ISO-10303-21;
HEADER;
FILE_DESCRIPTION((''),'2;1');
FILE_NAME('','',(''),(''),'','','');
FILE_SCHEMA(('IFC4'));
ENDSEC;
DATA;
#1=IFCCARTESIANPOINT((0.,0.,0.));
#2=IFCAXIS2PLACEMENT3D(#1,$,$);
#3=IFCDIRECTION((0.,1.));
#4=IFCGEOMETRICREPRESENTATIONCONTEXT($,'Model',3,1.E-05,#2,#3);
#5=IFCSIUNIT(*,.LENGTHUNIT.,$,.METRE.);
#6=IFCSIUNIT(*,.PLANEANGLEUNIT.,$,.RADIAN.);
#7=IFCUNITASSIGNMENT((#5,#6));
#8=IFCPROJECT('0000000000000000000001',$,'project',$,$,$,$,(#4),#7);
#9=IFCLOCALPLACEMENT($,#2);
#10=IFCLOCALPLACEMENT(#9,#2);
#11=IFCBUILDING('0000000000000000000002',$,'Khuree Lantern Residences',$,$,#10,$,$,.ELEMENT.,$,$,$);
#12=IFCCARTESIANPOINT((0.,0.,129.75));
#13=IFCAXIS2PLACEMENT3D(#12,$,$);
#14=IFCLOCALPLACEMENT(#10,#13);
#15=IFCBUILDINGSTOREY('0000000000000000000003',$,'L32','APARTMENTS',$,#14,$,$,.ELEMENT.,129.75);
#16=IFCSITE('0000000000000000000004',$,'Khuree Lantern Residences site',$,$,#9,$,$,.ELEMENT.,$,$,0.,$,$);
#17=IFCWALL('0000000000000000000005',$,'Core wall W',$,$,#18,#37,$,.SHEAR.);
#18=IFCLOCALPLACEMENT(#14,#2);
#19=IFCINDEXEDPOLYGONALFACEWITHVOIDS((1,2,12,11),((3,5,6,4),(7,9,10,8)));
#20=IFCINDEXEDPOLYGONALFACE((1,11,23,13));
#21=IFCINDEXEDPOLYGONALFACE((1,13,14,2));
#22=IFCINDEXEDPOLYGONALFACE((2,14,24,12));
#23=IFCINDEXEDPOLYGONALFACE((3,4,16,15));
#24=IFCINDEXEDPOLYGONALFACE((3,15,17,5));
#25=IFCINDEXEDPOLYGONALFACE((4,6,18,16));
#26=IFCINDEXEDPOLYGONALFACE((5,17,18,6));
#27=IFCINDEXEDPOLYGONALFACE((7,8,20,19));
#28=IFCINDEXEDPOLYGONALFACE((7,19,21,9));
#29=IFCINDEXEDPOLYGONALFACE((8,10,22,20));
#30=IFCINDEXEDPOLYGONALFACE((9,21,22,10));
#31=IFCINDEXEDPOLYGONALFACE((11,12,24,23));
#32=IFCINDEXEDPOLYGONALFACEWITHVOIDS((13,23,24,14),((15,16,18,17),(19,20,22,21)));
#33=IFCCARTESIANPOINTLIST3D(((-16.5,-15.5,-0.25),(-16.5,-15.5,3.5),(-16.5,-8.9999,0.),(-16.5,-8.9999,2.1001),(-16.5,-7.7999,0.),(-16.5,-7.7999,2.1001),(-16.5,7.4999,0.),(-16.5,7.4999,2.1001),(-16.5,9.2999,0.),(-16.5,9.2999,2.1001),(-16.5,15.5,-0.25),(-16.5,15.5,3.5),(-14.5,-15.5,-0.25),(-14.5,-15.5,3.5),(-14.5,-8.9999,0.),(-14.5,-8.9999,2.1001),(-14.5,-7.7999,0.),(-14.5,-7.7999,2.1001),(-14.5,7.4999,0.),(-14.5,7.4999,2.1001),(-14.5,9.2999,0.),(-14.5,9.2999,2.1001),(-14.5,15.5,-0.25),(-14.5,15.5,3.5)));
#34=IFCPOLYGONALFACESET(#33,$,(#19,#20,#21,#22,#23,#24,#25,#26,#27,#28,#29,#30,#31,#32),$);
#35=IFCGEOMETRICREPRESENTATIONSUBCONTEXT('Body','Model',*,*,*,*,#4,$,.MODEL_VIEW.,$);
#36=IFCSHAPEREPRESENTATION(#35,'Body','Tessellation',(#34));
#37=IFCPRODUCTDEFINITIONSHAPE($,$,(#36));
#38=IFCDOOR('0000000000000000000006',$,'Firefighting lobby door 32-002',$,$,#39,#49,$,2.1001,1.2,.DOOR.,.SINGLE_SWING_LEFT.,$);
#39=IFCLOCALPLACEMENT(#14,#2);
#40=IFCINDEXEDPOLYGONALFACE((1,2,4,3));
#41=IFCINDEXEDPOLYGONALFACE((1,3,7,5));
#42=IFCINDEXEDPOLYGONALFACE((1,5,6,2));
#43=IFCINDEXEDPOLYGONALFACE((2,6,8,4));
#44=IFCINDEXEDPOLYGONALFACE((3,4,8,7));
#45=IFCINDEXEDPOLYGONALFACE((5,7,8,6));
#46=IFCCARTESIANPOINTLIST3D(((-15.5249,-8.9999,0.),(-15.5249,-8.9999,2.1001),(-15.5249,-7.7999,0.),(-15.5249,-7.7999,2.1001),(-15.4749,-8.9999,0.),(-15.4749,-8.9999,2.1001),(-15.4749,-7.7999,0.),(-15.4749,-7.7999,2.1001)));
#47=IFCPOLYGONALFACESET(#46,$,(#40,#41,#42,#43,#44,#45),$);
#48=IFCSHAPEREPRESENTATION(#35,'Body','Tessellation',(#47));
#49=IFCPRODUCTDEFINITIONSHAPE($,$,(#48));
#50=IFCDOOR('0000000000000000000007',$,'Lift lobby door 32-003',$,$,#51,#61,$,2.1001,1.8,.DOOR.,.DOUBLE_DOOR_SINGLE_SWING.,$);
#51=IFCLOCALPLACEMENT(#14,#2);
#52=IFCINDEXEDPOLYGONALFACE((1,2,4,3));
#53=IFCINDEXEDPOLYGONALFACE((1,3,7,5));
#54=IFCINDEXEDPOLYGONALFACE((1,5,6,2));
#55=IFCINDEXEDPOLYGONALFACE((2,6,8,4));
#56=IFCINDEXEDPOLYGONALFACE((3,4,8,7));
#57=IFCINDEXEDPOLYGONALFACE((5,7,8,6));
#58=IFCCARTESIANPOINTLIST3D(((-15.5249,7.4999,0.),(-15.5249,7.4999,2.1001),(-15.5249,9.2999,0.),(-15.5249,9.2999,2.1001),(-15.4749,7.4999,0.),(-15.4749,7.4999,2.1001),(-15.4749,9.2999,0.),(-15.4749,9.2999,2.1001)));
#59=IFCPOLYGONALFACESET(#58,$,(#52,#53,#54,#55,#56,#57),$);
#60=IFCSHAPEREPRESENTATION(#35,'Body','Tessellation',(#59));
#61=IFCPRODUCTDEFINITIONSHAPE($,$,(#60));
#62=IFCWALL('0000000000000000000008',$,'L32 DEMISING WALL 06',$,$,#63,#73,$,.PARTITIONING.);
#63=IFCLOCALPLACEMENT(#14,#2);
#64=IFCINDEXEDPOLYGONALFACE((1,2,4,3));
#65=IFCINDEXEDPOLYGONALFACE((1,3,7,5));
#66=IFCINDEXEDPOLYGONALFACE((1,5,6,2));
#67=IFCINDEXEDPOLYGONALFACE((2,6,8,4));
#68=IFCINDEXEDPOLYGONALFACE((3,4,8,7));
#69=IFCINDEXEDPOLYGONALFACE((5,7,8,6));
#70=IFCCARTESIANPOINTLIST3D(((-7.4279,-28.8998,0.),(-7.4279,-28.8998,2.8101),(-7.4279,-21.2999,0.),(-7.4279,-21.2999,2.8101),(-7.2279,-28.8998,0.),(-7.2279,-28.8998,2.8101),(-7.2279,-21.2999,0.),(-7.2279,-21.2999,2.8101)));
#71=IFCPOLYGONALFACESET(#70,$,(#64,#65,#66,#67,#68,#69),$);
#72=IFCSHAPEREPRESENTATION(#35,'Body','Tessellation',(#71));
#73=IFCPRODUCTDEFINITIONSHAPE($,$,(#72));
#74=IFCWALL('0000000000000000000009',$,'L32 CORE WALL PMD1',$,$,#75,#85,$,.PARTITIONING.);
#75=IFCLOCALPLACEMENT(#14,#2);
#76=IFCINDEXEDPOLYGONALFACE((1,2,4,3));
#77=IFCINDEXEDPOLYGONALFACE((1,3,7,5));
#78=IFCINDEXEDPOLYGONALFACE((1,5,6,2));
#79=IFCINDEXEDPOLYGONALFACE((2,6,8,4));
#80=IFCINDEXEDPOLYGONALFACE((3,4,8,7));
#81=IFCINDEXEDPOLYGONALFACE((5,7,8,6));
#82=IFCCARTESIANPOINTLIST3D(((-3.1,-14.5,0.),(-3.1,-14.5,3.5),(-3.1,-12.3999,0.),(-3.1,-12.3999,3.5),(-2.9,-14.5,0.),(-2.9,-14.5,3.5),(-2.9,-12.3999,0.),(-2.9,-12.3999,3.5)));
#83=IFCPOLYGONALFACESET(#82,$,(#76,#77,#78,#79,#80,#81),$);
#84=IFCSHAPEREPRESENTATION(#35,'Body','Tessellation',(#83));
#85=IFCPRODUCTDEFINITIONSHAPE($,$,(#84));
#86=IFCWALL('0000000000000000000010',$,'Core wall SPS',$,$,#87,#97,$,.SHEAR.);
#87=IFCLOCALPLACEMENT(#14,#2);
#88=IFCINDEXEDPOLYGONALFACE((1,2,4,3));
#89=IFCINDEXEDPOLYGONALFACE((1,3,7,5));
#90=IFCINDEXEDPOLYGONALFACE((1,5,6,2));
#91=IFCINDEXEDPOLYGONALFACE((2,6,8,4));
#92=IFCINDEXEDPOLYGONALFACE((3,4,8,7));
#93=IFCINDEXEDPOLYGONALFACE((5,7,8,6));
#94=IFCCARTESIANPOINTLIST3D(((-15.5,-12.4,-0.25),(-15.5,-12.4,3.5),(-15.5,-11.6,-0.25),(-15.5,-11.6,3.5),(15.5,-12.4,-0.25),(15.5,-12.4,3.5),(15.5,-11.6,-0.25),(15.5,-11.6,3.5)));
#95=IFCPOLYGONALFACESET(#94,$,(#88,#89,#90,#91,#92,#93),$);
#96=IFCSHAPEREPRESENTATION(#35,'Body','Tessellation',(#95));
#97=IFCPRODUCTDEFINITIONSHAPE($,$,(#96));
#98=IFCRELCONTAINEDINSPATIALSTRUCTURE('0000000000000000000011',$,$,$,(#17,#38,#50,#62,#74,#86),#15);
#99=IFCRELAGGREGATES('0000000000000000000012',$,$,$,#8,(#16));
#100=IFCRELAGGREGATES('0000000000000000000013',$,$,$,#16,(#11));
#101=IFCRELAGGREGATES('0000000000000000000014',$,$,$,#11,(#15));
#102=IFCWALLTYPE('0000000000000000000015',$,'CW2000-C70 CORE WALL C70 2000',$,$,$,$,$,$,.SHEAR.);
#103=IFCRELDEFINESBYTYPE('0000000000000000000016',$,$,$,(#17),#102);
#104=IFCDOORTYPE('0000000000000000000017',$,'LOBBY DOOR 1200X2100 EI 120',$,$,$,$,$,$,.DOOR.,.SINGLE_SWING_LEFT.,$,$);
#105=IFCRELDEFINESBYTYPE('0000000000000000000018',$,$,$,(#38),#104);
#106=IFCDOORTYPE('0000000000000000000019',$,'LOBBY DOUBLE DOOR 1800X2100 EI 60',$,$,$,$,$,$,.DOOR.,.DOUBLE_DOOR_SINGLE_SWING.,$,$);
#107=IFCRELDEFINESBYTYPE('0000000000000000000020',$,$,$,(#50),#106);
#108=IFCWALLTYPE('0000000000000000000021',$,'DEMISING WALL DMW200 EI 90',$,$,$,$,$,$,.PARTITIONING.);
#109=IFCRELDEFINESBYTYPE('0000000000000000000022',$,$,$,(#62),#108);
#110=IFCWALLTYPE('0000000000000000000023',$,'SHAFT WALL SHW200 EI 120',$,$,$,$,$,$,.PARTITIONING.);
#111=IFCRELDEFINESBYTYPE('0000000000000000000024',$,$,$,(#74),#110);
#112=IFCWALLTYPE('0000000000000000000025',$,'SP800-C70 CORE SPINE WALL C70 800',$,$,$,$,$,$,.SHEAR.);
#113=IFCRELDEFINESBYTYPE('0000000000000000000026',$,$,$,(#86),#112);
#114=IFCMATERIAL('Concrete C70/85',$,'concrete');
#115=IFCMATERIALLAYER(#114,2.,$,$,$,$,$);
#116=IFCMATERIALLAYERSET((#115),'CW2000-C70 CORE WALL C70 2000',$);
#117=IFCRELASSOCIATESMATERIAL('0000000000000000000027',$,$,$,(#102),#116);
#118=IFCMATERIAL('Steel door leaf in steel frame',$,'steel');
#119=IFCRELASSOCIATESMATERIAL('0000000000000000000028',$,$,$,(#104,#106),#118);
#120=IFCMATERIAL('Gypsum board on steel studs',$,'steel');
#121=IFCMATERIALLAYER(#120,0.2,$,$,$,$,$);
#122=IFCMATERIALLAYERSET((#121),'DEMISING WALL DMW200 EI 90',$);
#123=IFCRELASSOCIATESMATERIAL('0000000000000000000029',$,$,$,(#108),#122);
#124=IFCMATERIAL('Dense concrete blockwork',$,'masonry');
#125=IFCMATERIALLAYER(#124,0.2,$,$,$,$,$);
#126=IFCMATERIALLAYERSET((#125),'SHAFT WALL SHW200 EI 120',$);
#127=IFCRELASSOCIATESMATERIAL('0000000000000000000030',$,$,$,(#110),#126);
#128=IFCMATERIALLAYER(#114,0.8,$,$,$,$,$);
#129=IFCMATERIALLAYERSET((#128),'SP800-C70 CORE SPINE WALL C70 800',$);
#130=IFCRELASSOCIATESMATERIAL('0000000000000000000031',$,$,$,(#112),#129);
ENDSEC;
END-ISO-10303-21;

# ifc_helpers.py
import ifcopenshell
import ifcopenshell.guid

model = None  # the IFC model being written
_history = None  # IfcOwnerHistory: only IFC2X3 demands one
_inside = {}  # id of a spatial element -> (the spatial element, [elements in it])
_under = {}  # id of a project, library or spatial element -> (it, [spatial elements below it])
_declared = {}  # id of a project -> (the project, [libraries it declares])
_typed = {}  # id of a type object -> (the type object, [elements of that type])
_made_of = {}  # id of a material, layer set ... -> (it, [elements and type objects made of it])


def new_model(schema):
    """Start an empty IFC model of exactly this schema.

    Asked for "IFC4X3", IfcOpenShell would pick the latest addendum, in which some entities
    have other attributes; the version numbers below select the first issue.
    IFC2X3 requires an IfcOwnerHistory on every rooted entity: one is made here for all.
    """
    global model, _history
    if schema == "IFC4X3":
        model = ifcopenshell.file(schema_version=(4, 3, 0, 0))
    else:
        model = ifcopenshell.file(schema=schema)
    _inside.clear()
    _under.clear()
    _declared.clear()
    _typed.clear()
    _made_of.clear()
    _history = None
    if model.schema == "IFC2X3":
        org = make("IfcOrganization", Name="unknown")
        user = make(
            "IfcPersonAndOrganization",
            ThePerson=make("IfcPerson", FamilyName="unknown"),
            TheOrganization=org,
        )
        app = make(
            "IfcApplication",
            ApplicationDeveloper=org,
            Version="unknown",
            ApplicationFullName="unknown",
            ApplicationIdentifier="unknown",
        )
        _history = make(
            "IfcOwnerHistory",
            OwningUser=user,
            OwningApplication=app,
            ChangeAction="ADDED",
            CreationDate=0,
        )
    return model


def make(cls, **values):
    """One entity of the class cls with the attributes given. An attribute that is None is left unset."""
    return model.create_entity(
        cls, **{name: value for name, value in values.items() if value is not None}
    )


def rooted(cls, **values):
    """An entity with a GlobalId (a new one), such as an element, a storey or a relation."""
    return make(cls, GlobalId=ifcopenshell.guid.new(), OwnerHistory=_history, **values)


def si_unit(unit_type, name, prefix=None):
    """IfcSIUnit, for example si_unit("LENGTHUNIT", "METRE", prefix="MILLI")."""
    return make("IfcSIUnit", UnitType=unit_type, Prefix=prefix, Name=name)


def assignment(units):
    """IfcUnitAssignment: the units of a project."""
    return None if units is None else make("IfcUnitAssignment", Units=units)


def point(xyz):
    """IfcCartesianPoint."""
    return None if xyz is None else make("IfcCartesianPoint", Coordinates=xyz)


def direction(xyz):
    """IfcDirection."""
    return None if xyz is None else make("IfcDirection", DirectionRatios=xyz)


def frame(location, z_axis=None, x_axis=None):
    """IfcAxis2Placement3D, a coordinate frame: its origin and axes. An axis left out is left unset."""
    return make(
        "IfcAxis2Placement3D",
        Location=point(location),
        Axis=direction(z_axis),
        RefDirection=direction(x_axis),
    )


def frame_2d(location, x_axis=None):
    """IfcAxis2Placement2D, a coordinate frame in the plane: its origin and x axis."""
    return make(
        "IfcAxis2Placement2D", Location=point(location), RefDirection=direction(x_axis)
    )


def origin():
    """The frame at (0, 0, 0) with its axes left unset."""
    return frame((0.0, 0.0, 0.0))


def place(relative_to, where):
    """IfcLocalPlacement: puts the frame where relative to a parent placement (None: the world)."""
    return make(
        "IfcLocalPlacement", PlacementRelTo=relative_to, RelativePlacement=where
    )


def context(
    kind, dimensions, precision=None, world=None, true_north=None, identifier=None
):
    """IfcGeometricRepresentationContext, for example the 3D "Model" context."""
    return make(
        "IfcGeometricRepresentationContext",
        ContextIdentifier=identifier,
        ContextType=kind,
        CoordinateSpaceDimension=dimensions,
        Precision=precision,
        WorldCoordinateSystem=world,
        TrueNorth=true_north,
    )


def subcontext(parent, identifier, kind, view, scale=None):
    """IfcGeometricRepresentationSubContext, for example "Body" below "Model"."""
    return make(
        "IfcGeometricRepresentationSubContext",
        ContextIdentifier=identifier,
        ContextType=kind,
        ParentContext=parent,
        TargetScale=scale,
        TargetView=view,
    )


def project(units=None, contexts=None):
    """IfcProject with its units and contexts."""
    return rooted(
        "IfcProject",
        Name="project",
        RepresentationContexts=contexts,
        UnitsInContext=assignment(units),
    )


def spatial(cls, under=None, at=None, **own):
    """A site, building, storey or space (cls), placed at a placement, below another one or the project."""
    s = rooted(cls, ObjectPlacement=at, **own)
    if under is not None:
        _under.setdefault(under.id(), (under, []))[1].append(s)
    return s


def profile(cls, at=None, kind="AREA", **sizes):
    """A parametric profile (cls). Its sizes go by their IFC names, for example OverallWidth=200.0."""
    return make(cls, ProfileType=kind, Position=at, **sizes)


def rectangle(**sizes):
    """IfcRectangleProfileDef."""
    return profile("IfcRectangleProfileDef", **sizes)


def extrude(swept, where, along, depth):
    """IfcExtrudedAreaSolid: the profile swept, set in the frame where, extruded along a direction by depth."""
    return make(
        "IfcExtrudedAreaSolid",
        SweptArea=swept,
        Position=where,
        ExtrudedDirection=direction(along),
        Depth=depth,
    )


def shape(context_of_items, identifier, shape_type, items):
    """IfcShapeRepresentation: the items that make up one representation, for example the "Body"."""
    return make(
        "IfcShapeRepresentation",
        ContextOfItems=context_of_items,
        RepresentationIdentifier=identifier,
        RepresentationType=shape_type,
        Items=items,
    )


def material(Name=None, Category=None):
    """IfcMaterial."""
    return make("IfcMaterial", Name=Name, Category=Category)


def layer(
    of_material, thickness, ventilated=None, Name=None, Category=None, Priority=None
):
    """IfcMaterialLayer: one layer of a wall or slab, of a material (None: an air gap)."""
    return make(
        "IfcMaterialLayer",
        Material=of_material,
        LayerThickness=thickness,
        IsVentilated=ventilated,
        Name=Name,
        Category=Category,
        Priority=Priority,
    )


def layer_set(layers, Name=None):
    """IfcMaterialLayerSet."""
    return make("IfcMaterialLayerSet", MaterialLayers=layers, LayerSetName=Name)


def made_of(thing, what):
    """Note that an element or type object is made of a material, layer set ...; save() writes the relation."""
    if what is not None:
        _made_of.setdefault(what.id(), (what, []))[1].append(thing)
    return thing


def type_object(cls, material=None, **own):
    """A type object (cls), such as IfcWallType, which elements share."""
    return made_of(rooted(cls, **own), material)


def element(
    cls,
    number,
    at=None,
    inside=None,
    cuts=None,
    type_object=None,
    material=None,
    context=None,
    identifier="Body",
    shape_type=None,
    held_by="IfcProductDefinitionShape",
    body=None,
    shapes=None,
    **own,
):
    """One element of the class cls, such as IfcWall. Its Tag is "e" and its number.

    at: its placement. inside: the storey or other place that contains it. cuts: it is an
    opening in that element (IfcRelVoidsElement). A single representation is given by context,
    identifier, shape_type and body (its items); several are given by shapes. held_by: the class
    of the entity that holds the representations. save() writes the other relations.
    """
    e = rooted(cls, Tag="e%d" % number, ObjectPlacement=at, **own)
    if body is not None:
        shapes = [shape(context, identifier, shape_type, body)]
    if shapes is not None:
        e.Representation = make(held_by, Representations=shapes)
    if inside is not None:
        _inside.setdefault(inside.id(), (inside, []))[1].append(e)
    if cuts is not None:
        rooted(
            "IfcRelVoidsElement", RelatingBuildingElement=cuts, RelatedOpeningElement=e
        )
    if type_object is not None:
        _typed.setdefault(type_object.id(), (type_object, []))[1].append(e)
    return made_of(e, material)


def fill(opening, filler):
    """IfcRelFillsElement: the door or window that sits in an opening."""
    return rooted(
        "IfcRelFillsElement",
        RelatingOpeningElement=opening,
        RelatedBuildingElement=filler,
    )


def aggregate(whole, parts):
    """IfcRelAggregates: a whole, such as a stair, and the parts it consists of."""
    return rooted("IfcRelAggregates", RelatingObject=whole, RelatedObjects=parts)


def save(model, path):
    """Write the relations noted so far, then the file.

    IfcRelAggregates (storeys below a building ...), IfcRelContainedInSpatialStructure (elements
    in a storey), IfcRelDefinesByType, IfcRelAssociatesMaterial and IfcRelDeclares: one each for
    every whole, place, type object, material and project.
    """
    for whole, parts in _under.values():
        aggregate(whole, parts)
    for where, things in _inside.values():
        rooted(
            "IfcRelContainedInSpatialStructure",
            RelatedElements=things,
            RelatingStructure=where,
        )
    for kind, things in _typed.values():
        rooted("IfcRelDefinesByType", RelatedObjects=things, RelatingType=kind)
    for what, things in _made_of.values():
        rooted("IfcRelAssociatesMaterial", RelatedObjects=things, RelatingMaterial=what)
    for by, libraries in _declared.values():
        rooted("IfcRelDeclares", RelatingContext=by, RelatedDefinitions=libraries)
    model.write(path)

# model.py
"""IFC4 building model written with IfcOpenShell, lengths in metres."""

from ifc_helpers import new_model, si_unit, direction, frame, frame_2d, origin, place, context, subcontext, project, spatial, rectangle, extrude, material, layer, layer_set, type_object, element, fill, save


model = new_model("IFC4")

# Units and contexts
model_context = context("Model", 3, precision=1e-05, world=origin(), true_north=direction((0.0, 1.0)))
body_context = subcontext(model_context, "Body", "Model", "MODEL_VIEW")
ifc_project = project(units=[si_unit("LENGTHUNIT", "METRE"), si_unit("PLANEANGLEUNIT", "RADIAN")], contexts=[model_context])

# Site, building, storey
site_placement = place(None, origin())
site = spatial("IfcSite", under=ifc_project, at=site_placement, Name="Khuree Lantern Residences site", CompositionType="ELEMENT", RefElevation=0.0)
building_placement = place(site_placement, origin())
building = spatial("IfcBuilding", under=site, at=building_placement, Name="Khuree Lantern Residences", CompositionType="ELEMENT")
storey_placement = place(building_placement, frame((0.0, 0.0, 129.75)))
storey = spatial("IfcBuildingStorey", under=building, at=storey_placement, Name="L32", Description="APARTMENTS", CompositionType="ELEMENT", Elevation=129.75)

# Shared definitions
ifc_material_1 = material(Name="Concrete C70/85", Category="concrete")

# Shared definitions
ifc_material_2 = material(Name="Dense concrete blockwork", Category="masonry")

# Shared definitions
ifc_material_3 = material(Name="Gypsum board on steel studs", Category="steel")

# Wall, openings, doors
ifc_layer_1 = layer(ifc_material_1, 2.0)
ifc_layer_set_1 = layer_set([ifc_layer_1], Name="CW2000-C70 CORE WALL C70 2000")
wall_type_1 = type_object("IfcWallType", Name="CW2000-C70 CORE WALL C70 2000", PredefinedType="SHEAR", material=ifc_layer_set_1)
wall_1_placement = place(storey_placement, frame((-15.5, -15.5, -0.25), z_axis=(0.0, 0.0, 1.0), x_axis=(0.0, 1.0, 0.0)))
wall_1 = element("IfcWall", 1, at=wall_1_placement, inside=storey, type_object=wall_type_1, Name="Core wall W", PredefinedType="SHEAR", context=body_context, shape_type="SweptSolid", body=[
    extrude(rectangle(XDim=31.0, YDim=2.0, at=frame_2d((15.5, 0.0))), origin(), (0.0, 0.0, 1.0), 3.75),
])
opening_1_placement = place(wall_1_placement, frame((6.5, 0.0, 0.25)))
opening_1 = element("IfcOpeningElement", 2, at=opening_1_placement, cuts=wall_1, PredefinedType="OPENING", context=body_context, shape_type="SweptSolid", body=[
    extrude(rectangle(XDim=1.2, YDim=2.1001, at=frame_2d((0.6001, 1.05))), frame((0.0, 1.01, 0.0), z_axis=(0.0, -1.0, 0.0), x_axis=(1.0, 0.0, 0.0)), (0.0, 0.0, 1.0), 2.02),
])
opening_2_placement = place(wall_1_placement, frame((23.0, 0.0, 0.25)))
opening_2 = element("IfcOpeningElement", 3, at=opening_2_placement, cuts=wall_1, PredefinedType="OPENING", context=body_context, shape_type="SweptSolid", body=[
    extrude(rectangle(XDim=1.8, YDim=2.1001, at=frame_2d((0.8999, 1.05))), frame((0.0, 1.01, 0.0), z_axis=(0.0, -1.0, 0.0), x_axis=(1.0, 0.0, 0.0)), (0.0, 0.0, 1.0), 2.02),
])
ifc_material_4 = material(Name="Steel door leaf in steel frame", Category="steel")
door_type_1 = type_object("IfcDoorType", Name="LOBBY DOOR 1200X2100 EI 120", OperationType="SINGLE_SWING_LEFT", PredefinedType="DOOR", material=ifc_material_4)
door_1_placement = place(opening_1_placement, origin())
door_1 = element("IfcDoor", 4, at=door_1_placement, inside=storey, type_object=door_type_1, Name="Firefighting lobby door 32-002", OperationType="SINGLE_SWING_LEFT", OverallHeight=2.1001, OverallWidth=1.2, PredefinedType="DOOR", context=body_context, shape_type="SweptSolid", body=[
    extrude(rectangle(XDim=1.2, YDim=2.1001, at=frame_2d((0.6001, 1.05))), frame((0.0, 0.0249, 0.0), z_axis=(0.0, -1.0, 0.0), x_axis=(1.0, 0.0, 0.0)), (0.0, 0.0, 1.0), 0.05),
])
fill(opening_1, door_1)
door_type_2 = type_object("IfcDoorType", Name="LOBBY DOUBLE DOOR 1800X2100 EI 60", OperationType="DOUBLE_DOOR_SINGLE_SWING", PredefinedType="DOOR", material=ifc_material_4)
door_2_placement = place(opening_2_placement, origin())
door_2 = element("IfcDoor", 5, at=door_2_placement, inside=storey, type_object=door_type_2, Name="Lift lobby door 32-003", OperationType="DOUBLE_DOOR_SINGLE_SWING", OverallHeight=2.1001, OverallWidth=1.8, PredefinedType="DOOR", context=body_context, shape_type="SweptSolid", body=[
    extrude(rectangle(XDim=1.8, YDim=2.1001, at=frame_2d((0.8999, 1.05))), frame((0.0, 0.0249, 0.0), z_axis=(0.0, -1.0, 0.0), x_axis=(1.0, 0.0, 0.0)), (0.0, 0.0, 1.0), 0.05),
])
fill(opening_2, door_2)

# Walls
ifc_layer_2 = layer(ifc_material_3, 0.2)
ifc_layer_set_2 = layer_set([ifc_layer_2], Name="DEMISING WALL DMW200 EI 90")
wall_type_2 = type_object("IfcWallType", Name="DEMISING WALL DMW200 EI 90", PredefinedType="PARTITIONING", material=ifc_layer_set_2)
wall_2_placement = place(storey_placement, frame((-7.3279, -21.3, 0.0), z_axis=(0.0, 0.0, 1.0), x_axis=(0.0, -1.0, 0.0)))
element("IfcWall", 6, at=wall_2_placement, inside=storey, type_object=wall_type_2, Name="L32 DEMISING WALL 06", PredefinedType="PARTITIONING", context=body_context, shape_type="SweptSolid", body=[
    extrude(rectangle(XDim=7.5999, YDim=0.2, at=frame_2d((3.7998, 0.0))), origin(), (0.0, 0.0, 1.0), 2.8101),
])
ifc_layer_3 = layer(ifc_material_2, 0.2)
ifc_layer_set_3 = layer_set([ifc_layer_3], Name="SHAFT WALL SHW200 EI 120")
wall_type_3 = type_object("IfcWallType", Name="SHAFT WALL SHW200 EI 120", PredefinedType="PARTITIONING", material=ifc_layer_set_3)
wall_3_placement = place(storey_placement, frame((-3.0, -14.5, 0.0), z_axis=(0.0, 0.0, 1.0), x_axis=(0.0, 1.0, 0.0)))
element("IfcWall", 7, at=wall_3_placement, inside=storey, type_object=wall_type_3, Name="L32 CORE WALL PMD1", PredefinedType="PARTITIONING", context=body_context, shape_type="SweptSolid", body=[
    extrude(rectangle(XDim=2.1001, YDim=0.2, at=frame_2d((1.05, 0.0))), origin(), (0.0, 0.0, 1.0), 3.5),
])
ifc_layer_4 = layer(ifc_material_1, 0.8)
ifc_layer_set_4 = layer_set([ifc_layer_4], Name="SP800-C70 CORE SPINE WALL C70 800")
wall_type_4 = type_object("IfcWallType", Name="SP800-C70 CORE SPINE WALL C70 800", PredefinedType="SHEAR", material=ifc_layer_set_4)
wall_4_placement = place(storey_placement, frame((-15.5, -12.0, -0.25), z_axis=(0.0, 0.0, 1.0), x_axis=(1.0, 0.0, 0.0)))
element("IfcWall", 8, at=wall_4_placement, inside=storey, type_object=wall_type_4, Name="Core wall SPS", PredefinedType="SHEAR", context=body_context, shape_type="SweptSolid", body=[
    extrude(rectangle(XDim=31.0, YDim=0.8, at=frame_2d((15.5, 0.0))), origin(), (0.0, 0.0, 1.0), 3.75),
])

save(model, "model.ifc")
